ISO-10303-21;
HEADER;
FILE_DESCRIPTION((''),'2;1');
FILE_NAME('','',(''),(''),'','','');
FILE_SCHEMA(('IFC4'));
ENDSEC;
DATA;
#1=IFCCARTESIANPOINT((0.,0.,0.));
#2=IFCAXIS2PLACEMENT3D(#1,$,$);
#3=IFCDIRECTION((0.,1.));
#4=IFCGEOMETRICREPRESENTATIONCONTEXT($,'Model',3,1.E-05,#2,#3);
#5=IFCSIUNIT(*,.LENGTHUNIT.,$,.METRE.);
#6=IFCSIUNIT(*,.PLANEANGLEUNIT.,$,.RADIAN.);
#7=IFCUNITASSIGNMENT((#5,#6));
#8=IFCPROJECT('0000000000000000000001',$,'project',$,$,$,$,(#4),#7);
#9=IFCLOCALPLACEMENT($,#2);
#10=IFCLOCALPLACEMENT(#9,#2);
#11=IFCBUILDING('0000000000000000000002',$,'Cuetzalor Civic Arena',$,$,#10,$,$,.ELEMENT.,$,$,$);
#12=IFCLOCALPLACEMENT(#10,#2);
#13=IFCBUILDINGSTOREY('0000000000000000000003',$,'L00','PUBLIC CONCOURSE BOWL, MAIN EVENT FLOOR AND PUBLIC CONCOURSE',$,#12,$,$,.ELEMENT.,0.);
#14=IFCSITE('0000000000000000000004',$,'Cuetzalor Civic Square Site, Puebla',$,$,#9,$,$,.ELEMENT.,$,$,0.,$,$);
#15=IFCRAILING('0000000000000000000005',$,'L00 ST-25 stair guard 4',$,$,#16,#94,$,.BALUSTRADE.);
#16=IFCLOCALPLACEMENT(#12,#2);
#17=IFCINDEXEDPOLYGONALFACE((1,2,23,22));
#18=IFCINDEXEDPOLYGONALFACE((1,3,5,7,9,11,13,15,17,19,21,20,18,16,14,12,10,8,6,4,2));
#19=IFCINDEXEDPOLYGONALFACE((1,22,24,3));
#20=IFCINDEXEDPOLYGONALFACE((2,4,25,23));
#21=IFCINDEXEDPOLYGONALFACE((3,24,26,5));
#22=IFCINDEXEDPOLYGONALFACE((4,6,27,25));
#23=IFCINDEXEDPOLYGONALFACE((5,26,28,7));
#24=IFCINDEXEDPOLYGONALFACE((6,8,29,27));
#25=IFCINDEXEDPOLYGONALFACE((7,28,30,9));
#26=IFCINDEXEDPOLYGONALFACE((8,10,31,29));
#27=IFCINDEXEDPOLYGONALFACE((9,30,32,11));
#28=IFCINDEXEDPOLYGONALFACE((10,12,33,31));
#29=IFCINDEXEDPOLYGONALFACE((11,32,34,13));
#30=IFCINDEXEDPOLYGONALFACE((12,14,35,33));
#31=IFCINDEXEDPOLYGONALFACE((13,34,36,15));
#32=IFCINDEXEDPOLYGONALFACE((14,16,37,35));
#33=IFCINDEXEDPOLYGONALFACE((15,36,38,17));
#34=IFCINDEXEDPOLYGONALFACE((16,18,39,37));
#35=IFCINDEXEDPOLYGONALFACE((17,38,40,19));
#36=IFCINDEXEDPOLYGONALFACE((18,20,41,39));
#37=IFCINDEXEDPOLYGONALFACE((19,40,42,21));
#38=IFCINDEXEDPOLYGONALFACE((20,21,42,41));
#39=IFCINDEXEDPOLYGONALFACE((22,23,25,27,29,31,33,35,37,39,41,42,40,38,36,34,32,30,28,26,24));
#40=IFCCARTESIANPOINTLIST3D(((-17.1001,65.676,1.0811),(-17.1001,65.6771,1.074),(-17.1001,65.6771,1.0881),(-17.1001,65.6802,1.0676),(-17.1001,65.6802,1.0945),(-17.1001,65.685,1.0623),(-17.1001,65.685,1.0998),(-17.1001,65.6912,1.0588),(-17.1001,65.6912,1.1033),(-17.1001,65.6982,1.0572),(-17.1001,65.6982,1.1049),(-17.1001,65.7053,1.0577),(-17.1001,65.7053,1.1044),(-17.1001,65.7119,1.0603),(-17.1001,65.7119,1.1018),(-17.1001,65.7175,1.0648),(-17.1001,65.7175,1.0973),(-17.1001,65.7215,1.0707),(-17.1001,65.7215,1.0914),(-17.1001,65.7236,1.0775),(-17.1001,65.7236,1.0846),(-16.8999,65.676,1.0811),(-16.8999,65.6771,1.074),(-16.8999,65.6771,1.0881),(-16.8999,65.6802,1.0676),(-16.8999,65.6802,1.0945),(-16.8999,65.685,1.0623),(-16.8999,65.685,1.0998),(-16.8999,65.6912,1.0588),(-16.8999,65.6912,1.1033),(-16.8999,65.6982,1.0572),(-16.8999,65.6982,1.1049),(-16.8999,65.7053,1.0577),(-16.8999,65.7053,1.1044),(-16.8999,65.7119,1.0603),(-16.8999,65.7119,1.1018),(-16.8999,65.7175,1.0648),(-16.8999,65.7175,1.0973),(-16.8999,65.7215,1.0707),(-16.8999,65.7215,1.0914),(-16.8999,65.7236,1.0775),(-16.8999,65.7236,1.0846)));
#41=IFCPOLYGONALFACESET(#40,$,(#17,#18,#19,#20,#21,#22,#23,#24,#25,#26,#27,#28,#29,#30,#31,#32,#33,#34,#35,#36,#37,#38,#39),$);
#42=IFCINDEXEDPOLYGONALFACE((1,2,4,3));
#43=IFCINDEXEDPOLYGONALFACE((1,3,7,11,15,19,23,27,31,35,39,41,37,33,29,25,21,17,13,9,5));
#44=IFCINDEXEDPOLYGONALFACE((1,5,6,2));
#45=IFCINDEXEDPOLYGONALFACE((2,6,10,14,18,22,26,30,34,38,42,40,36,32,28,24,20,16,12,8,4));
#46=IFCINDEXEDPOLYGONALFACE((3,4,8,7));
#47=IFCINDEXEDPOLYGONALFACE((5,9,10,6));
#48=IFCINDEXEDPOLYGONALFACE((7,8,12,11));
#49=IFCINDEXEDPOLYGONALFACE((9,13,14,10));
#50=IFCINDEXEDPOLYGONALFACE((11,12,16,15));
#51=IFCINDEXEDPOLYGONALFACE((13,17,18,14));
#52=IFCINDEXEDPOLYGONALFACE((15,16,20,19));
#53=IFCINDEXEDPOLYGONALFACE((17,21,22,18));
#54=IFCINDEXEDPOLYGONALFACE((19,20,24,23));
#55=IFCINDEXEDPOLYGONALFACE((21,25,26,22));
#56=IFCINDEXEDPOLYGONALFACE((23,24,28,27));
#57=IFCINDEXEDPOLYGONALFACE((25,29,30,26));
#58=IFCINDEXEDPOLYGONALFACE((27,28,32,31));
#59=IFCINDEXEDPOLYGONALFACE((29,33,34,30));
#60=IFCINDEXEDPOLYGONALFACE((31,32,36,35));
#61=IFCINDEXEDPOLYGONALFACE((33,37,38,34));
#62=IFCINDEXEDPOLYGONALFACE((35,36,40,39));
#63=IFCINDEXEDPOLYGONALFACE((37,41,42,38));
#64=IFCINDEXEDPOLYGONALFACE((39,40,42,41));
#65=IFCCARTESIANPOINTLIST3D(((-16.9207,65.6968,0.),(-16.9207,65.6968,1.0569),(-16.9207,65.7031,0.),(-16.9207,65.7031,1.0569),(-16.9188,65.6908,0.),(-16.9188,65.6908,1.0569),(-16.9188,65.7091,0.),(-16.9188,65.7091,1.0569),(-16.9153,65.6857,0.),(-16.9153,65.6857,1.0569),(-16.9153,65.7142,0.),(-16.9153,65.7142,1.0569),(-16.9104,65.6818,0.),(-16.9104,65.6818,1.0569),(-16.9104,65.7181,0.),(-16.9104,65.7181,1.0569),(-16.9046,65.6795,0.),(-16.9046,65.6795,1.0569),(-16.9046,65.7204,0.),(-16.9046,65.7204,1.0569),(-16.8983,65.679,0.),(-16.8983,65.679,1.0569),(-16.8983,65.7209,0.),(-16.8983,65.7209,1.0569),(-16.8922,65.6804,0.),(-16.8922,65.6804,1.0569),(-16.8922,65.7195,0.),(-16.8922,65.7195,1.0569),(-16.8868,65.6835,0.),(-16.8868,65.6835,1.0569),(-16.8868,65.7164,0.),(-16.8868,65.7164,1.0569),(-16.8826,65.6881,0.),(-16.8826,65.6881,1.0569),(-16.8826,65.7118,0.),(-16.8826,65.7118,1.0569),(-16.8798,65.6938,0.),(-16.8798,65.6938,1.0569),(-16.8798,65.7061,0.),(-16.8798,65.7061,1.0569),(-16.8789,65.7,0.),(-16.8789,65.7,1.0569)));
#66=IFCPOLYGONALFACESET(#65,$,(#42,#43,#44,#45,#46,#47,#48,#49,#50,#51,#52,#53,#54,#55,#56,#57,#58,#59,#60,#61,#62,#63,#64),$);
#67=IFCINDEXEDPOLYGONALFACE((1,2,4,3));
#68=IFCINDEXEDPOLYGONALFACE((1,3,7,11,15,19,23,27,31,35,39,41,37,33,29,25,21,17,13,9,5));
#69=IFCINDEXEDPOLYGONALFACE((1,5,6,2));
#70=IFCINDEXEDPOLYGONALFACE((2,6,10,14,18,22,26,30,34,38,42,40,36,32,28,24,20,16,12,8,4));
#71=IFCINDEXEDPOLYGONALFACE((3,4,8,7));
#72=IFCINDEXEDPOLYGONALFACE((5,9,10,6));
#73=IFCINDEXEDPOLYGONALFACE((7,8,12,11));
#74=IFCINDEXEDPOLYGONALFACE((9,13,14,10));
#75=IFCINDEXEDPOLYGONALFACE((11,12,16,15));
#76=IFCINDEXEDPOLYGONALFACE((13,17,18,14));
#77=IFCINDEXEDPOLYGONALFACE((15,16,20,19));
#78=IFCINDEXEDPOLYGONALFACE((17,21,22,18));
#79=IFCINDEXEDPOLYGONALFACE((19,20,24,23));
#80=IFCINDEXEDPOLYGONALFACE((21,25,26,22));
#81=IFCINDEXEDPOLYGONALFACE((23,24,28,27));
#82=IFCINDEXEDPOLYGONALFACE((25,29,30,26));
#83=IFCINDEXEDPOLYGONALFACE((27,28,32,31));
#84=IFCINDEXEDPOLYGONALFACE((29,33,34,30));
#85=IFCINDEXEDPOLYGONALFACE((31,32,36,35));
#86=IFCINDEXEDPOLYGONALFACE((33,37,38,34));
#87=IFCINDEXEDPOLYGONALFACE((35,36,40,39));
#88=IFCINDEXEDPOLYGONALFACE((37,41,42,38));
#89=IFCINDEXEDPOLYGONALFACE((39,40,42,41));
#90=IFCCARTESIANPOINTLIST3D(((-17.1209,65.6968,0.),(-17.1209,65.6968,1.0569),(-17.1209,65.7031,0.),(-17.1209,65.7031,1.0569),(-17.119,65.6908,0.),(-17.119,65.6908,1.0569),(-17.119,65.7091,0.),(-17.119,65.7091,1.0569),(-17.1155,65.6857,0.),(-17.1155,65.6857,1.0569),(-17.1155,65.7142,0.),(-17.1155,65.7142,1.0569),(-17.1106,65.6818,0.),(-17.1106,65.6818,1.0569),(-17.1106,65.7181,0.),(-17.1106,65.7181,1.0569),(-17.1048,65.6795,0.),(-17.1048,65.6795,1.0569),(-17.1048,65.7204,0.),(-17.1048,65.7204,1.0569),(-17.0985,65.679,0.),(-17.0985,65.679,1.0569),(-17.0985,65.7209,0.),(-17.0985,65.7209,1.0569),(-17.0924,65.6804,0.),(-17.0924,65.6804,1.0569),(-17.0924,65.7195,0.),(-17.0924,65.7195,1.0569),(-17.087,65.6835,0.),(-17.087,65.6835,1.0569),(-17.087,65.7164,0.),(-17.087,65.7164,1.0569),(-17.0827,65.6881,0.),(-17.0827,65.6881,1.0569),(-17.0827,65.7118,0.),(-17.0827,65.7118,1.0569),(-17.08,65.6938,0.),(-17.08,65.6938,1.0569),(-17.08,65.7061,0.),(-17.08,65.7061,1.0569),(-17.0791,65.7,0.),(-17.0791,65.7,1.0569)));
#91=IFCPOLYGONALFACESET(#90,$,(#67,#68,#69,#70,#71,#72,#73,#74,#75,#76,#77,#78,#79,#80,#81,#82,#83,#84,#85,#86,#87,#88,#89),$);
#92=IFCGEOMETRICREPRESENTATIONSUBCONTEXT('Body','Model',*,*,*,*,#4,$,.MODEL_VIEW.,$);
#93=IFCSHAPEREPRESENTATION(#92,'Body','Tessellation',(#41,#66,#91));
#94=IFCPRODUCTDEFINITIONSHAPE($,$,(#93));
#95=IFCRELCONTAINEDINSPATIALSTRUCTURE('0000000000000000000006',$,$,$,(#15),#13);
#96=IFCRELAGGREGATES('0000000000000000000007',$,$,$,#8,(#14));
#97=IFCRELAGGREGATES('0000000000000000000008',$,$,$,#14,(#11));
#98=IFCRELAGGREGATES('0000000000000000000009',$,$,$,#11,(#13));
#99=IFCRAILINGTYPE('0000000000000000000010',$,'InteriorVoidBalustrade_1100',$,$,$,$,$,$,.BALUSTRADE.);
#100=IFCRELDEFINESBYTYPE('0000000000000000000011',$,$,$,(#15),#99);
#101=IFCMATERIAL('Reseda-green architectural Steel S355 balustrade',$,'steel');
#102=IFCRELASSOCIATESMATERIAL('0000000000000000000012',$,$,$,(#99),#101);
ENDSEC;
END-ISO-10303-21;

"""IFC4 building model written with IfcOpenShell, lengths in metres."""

from ifc_helpers import new_model, si_unit, direction, frame, origin, origin_2d, place, context, subcontext, project, spatial, circle, extrude, material, type_object, element, save


model = new_model("IFC4")

# Units and contexts
model_context = context("Model", 3, precision=1e-05, world=origin(), true_north=direction((0.0, 1.0)))
body_context = subcontext(model_context, "Body", "Model", "MODEL_VIEW")
ifc_project = project(units=[si_unit("LENGTHUNIT", "METRE"), si_unit("PLANEANGLEUNIT", "RADIAN")], contexts=[model_context])

# Site, building, storey
site_placement = place(None, origin())
site = spatial("IfcSite", under=ifc_project, at=site_placement, Name="Cuetzalor Civic Square Site, Puebla", CompositionType="ELEMENT", RefElevation=0.0)
building_placement = place(site_placement, origin())
building = spatial("IfcBuilding", under=site, at=building_placement, Name="Cuetzalor Civic Arena", CompositionType="ELEMENT")
storey_placement = place(building_placement, origin())
storey = spatial("IfcBuildingStorey", under=building, at=storey_placement, Name="L00", Description="PUBLIC CONCOURSE BOWL, MAIN EVENT FLOOR AND PUBLIC CONCOURSE", CompositionType="ELEMENT", Elevation=0.0)

# Railing
ifc_material_1 = material(Name="Reseda-green architectural Steel S355 balustrade", Category="steel")
railing_type_1 = type_object("IfcRailingType", Name="InteriorVoidBalustrade_1100", PredefinedType="BALUSTRADE", material=ifc_material_1)
railing_1_placement = place(storey_placement, frame((-16.8999, 65.7, 0.0)))
element("IfcRailing", 1, at=railing_1_placement, inside=storey, type_object=railing_type_1, Name="L00 ST-25 stair guard 4", PredefinedType="BALUSTRADE", context=body_context, shape_type="SweptSolid", body=[
    extrude(circle(Radius=0.0239, at=origin_2d()), frame((0.0, 0.0, 1.0811), z_axis=(-1.0, 0.0, 0.0), x_axis=(0.0, -1.0, 0.0)), (0.0, 0.0, 1.0), 0.2002),
    extrude(circle(Radius=0.021, at=origin_2d()), origin(), (0.0, 0.0, 1.0), 1.0569),
    extrude(circle(Radius=0.021, at=origin_2d()), frame((-0.2002, 0.0, 0.0)), (0.0, 0.0, 1.0), 1.0569),
])

save(model, "model.ifc")
